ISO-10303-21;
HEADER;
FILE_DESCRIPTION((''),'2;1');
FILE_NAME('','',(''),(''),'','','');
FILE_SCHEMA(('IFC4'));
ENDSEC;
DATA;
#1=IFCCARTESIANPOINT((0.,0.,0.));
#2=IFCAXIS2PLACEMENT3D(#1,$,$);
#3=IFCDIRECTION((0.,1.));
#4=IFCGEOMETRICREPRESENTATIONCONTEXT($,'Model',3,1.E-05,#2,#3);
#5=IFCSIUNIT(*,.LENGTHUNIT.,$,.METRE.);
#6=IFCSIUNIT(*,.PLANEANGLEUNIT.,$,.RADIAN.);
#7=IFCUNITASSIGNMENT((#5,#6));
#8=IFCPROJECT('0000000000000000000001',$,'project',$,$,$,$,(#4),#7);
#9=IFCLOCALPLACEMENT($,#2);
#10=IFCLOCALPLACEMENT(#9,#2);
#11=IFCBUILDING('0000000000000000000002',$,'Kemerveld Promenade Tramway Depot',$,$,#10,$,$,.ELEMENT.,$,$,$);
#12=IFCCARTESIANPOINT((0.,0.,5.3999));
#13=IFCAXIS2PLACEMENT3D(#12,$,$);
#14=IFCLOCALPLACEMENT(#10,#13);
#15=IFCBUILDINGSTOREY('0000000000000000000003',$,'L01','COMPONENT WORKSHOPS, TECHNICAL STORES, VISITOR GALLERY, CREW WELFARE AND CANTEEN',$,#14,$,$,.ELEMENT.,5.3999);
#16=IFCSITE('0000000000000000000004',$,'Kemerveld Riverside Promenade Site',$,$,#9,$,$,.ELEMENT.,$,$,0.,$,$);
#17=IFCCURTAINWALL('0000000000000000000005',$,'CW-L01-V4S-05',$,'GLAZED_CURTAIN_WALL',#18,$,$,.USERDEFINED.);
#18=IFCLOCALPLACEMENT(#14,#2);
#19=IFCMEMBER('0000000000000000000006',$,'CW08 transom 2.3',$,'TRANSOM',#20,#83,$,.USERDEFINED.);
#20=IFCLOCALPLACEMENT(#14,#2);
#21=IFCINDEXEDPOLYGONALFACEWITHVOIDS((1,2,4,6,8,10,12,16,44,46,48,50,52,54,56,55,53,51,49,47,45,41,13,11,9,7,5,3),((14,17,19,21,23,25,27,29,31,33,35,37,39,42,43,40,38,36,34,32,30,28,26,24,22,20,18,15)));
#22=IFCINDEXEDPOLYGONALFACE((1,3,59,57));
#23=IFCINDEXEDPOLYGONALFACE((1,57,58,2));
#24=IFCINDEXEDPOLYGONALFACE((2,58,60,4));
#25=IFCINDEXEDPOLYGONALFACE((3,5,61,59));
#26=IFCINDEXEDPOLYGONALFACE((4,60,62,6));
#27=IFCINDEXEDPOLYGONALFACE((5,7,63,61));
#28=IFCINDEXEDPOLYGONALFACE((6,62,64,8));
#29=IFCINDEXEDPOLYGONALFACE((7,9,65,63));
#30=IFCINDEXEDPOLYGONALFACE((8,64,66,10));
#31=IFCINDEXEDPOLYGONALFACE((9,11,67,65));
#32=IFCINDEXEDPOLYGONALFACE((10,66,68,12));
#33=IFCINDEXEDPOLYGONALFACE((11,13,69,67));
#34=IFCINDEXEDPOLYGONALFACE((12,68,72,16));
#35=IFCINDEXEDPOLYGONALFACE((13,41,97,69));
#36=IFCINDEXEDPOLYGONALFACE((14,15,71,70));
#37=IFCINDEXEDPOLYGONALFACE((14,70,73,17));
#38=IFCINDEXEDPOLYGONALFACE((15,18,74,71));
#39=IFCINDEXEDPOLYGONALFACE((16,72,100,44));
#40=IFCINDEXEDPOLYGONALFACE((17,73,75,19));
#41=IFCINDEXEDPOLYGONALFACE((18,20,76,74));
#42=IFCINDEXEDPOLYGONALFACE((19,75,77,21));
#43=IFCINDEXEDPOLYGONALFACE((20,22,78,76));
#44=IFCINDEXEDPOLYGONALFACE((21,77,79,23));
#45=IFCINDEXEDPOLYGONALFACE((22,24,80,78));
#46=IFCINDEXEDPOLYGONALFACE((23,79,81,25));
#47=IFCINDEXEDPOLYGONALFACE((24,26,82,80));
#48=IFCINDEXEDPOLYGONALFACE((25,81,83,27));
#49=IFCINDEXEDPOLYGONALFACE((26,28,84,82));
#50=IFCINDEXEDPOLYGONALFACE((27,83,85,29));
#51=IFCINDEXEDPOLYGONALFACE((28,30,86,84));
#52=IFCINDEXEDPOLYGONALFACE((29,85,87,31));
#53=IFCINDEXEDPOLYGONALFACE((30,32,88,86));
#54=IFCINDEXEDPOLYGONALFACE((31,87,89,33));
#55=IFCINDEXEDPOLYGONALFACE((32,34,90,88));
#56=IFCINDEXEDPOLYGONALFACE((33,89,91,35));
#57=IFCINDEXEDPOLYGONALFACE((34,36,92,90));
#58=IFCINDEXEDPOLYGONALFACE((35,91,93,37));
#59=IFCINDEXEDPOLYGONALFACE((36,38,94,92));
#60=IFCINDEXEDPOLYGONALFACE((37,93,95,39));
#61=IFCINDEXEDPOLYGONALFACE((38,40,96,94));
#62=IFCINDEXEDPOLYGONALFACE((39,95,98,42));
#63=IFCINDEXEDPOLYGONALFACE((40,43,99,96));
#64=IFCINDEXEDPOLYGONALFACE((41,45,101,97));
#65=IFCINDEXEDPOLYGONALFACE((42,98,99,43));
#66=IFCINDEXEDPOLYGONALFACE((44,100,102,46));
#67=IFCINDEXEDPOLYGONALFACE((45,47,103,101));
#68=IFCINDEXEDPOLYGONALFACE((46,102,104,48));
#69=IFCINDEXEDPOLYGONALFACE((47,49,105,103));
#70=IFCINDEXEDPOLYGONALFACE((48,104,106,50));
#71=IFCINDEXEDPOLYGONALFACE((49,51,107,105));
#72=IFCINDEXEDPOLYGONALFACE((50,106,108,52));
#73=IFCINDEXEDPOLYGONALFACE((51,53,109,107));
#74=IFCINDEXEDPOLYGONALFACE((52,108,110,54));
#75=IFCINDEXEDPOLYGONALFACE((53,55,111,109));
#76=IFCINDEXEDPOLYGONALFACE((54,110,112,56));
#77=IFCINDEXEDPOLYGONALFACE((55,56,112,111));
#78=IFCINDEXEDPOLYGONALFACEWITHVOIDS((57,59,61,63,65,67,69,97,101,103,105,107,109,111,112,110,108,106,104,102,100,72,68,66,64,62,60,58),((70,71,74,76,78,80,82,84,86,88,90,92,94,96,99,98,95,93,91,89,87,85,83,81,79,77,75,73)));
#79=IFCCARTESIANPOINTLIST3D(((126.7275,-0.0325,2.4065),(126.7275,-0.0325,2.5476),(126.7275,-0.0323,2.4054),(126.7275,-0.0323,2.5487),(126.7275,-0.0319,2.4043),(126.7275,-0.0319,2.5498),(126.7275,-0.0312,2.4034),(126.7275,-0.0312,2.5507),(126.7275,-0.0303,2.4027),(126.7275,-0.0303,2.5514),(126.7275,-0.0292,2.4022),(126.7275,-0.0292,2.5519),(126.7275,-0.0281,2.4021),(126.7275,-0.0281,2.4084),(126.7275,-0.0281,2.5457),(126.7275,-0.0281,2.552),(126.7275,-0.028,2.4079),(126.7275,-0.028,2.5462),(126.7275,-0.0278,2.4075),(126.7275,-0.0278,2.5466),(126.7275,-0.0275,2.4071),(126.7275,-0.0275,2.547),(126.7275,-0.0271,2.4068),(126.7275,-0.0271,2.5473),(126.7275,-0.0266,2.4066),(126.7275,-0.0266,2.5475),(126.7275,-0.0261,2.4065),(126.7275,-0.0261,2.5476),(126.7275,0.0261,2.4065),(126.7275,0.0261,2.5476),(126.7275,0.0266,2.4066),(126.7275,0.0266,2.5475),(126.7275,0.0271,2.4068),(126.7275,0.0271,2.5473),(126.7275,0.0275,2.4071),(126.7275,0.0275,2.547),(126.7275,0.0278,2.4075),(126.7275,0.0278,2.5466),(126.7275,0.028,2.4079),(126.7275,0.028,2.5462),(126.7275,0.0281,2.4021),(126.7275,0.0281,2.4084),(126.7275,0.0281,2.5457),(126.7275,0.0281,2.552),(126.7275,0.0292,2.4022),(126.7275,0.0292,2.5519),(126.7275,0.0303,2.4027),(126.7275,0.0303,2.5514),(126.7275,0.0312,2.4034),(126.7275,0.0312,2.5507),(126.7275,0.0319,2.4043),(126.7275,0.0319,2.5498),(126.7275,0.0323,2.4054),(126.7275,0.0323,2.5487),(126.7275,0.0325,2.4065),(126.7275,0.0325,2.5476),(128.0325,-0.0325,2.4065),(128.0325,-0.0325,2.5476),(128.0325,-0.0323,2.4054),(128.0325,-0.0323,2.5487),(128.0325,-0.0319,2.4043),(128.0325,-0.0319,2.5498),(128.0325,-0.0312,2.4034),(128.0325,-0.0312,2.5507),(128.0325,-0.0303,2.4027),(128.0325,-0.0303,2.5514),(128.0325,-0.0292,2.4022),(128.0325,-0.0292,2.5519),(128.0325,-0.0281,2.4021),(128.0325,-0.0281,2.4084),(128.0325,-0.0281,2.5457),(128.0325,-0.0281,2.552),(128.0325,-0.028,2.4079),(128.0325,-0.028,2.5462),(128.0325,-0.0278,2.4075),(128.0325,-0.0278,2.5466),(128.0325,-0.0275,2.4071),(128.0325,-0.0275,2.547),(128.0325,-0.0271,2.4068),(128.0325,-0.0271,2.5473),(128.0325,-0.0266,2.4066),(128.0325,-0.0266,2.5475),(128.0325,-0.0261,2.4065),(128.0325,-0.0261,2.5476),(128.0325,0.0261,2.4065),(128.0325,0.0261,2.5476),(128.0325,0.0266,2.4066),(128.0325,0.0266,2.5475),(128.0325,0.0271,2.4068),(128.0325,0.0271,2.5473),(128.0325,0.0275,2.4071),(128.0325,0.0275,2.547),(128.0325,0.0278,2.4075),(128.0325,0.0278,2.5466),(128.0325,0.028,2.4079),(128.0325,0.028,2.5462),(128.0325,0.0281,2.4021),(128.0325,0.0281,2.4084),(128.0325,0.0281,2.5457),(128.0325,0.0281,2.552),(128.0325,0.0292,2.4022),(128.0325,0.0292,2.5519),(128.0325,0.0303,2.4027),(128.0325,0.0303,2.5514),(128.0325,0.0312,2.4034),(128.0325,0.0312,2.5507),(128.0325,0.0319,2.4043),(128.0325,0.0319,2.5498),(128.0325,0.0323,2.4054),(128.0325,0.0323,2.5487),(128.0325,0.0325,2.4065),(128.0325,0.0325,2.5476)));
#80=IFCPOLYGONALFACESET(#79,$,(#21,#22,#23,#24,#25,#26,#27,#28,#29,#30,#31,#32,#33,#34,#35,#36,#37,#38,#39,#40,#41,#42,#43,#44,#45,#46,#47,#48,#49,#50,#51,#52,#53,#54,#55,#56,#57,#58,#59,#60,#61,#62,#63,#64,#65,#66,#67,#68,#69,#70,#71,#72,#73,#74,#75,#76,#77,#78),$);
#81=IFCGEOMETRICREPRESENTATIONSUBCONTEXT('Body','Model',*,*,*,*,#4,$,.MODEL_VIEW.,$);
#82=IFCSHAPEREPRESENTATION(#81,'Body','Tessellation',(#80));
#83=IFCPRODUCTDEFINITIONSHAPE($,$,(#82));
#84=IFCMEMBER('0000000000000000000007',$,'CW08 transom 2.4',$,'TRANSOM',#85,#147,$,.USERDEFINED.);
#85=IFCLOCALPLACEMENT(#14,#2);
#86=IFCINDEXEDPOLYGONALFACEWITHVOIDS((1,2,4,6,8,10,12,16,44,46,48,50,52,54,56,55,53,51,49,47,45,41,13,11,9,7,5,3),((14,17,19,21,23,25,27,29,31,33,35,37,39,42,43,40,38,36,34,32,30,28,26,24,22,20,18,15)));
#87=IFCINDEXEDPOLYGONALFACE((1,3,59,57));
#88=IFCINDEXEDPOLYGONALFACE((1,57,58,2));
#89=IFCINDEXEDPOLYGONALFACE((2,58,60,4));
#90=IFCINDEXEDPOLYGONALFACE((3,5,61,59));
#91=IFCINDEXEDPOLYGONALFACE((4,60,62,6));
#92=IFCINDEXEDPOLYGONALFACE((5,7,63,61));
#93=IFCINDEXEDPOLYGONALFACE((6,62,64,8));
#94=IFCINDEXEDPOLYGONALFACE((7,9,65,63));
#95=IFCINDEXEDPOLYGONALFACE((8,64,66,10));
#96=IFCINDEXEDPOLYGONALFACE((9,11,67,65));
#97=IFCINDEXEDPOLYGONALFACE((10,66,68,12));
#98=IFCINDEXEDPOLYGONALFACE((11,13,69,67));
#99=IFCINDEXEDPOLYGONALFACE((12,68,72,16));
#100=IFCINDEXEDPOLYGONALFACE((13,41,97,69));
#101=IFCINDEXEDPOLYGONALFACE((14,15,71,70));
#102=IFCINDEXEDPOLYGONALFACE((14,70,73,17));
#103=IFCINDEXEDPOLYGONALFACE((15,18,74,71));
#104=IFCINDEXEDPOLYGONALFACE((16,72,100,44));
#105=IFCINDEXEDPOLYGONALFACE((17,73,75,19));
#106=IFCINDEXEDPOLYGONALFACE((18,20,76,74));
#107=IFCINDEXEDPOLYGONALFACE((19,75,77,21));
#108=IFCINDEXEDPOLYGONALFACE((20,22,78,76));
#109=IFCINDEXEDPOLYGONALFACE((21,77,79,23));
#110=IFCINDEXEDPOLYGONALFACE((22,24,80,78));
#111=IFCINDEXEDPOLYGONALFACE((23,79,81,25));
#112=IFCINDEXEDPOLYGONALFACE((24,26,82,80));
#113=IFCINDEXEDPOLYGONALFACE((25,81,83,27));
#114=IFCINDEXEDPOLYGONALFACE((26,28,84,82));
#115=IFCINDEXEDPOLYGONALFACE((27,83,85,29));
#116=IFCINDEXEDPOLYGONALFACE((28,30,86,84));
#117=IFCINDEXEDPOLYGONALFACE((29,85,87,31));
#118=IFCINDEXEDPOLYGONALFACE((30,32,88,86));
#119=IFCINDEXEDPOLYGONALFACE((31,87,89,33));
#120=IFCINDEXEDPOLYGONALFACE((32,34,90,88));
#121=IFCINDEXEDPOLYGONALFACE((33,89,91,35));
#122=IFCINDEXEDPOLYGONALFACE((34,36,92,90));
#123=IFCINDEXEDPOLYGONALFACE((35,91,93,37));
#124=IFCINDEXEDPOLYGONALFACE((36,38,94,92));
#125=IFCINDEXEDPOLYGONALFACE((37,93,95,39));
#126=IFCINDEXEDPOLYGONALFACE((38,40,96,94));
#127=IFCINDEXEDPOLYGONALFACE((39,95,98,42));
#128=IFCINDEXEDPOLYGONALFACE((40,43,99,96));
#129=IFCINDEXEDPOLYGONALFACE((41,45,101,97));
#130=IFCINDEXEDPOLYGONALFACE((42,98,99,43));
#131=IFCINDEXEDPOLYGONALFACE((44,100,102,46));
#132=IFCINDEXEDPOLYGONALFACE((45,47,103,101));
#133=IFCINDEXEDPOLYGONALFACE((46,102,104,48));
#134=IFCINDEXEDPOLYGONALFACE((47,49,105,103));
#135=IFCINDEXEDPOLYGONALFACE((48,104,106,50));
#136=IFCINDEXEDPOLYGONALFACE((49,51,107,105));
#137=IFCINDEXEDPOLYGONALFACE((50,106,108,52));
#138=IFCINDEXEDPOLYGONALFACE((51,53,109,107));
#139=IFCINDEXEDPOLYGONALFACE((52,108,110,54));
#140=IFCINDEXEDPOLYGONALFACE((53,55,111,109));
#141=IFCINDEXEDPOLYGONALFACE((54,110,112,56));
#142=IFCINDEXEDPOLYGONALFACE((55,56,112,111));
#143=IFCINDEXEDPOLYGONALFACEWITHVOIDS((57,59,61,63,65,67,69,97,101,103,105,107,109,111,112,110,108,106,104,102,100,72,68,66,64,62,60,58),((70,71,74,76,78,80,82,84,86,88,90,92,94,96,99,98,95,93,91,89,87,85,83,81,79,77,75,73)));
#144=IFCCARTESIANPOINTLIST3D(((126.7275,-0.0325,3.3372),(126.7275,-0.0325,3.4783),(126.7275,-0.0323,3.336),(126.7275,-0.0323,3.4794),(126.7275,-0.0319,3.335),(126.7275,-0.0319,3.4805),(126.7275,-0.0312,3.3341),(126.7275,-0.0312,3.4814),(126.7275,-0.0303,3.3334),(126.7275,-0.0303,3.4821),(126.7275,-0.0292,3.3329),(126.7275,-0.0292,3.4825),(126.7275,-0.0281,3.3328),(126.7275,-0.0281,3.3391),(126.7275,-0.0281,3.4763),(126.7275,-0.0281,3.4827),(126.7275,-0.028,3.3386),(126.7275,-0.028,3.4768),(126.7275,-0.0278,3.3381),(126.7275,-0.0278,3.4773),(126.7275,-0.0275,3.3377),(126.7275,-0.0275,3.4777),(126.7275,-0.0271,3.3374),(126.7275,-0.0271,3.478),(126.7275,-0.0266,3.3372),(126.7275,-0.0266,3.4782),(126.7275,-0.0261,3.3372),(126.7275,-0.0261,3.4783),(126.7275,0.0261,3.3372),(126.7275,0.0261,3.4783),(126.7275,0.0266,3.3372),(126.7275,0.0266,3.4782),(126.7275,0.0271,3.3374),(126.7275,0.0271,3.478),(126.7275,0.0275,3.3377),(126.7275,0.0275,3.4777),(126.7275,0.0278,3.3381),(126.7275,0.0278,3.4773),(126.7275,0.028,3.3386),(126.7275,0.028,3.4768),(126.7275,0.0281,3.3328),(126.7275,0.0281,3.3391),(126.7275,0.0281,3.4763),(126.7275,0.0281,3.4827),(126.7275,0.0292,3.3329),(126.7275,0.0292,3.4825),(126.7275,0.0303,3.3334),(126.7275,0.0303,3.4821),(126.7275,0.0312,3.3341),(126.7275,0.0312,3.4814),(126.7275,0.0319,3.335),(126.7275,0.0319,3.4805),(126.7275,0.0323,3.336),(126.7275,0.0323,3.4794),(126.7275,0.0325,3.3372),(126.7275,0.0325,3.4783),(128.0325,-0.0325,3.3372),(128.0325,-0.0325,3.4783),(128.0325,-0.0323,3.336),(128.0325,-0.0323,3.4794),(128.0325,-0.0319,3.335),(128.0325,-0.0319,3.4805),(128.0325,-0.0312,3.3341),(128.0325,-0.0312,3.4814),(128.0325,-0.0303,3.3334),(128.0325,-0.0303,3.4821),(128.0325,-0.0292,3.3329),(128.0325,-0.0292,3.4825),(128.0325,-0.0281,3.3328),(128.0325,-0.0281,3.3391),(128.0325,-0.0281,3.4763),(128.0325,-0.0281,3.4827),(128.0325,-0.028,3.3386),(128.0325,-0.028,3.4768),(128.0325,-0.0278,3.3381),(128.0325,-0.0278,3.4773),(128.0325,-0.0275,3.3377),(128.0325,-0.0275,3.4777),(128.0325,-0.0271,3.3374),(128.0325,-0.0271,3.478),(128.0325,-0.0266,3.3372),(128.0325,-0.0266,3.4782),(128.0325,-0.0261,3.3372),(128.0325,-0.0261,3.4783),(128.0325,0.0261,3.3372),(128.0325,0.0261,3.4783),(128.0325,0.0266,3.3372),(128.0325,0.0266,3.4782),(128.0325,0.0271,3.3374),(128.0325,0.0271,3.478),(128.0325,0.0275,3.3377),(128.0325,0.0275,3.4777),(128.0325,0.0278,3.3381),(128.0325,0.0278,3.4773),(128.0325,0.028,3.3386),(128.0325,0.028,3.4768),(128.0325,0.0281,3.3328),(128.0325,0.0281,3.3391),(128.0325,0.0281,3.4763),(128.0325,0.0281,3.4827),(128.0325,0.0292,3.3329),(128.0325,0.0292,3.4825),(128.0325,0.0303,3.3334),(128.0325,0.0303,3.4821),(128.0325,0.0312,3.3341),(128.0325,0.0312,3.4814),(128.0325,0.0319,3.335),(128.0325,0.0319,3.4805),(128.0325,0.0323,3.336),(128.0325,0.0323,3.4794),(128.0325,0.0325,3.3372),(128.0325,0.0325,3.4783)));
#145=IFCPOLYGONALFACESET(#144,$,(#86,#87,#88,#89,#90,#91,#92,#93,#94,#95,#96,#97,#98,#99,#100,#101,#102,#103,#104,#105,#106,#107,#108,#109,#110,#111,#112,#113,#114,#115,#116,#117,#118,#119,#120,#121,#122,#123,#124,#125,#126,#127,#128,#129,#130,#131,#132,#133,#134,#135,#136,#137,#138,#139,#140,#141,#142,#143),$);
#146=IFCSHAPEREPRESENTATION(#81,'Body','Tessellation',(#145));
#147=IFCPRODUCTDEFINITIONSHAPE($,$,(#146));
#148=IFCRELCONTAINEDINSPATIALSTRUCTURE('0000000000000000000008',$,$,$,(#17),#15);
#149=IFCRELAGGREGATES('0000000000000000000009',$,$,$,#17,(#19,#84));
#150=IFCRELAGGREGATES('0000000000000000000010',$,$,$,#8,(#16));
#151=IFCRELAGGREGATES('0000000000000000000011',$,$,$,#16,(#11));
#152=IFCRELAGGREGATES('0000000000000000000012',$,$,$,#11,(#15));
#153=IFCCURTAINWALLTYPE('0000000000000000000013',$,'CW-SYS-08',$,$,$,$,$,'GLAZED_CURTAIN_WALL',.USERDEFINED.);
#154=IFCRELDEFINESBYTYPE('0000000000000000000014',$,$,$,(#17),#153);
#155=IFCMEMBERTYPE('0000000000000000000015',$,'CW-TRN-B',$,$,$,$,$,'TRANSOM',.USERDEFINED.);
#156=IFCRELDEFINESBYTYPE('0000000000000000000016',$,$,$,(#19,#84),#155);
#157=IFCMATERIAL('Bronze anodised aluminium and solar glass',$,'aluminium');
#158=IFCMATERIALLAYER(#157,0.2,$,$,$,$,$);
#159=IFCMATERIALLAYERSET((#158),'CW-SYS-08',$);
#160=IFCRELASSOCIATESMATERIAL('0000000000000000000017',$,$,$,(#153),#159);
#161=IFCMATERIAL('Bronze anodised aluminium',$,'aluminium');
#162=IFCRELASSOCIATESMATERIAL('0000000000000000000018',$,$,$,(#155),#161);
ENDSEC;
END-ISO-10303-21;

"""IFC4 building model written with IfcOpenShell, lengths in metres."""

from ifc_helpers import new_model, si_unit, direction, frame, origin, origin_2d, place, context, subcontext, project, spatial, hollow_rectangle, extrude, material, layer, layer_set, material_profile, profile_set, type_object, element, aggregate, save


model = new_model("IFC4")

# Units and contexts
model_context = context("Model", 3, precision=1e-05, world=origin(), true_north=direction((0.0, 1.0)))
body_context = subcontext(model_context, "Body", "Model", "MODEL_VIEW")
ifc_project = project(units=[si_unit("LENGTHUNIT", "METRE"), si_unit("PLANEANGLEUNIT", "RADIAN")], contexts=[model_context])

# Site, building, storey
site_placement = place(None, origin())
site = spatial("IfcSite", under=ifc_project, at=site_placement, Name="Kemerveld Riverside Promenade Site", CompositionType="ELEMENT", RefElevation=0.0)
building_placement = place(site_placement, origin())
building = spatial("IfcBuilding", under=site, at=building_placement, Name="Kemerveld Promenade Tramway Depot", CompositionType="ELEMENT")
storey_placement = place(building_placement, frame((0.0, 0.0, 5.3999)))
storey = spatial("IfcBuildingStorey", under=building, at=storey_placement, Name="L01", Description="COMPONENT WORKSHOPS, TECHNICAL STORES, VISITOR GALLERY, CREW WELFARE AND CANTEEN", CompositionType="ELEMENT", Elevation=5.3999)

# Curtain wall, members
ifc_material_1 = material(Name="Bronze anodised aluminium and solar glass", Category="aluminium")
ifc_layer_1 = layer(ifc_material_1, 0.2)
ifc_layer_set_1 = layer_set([ifc_layer_1], Name="CW-SYS-08")
curtain_wall_type = type_object("IfcCurtainWallType", Name="CW-SYS-08", ElementType="GLAZED_CURTAIN_WALL", PredefinedType="USERDEFINED", material=ifc_layer_set_1)
curtain_wall_placement = place(storey_placement, origin())
curtain_wall = element("IfcCurtainWall", 1, at=curtain_wall_placement, inside=storey, type_object=curtain_wall_type, Name="CW-L01-V4S-05", ObjectType="GLAZED_CURTAIN_WALL", PredefinedType="USERDEFINED")
ifc_material_2 = material(Name="Bronze anodised aluminium", Category="aluminium")
ifc_material_profile_1 = material_profile(ifc_material_2, hollow_rectangle(XDim=0.0649, YDim=0.1499, WallThickness=0.0044, InnerFilletRadius=0.002, OuterFilletRadius=0.0044, at=origin_2d()), Name="CW-TRN-150x65")
ifc_profile_set_1 = profile_set([ifc_material_profile_1], Name="Bronze anodised aluminium")
member_type_1 = type_object("IfcMemberType", Name="CW-TRN-B", ElementType="TRANSOM", PredefinedType="USERDEFINED", material=ifc_profile_set_1)
member_1_placement = place(storey_placement, frame((128.0325, 0.0, 2.4771), z_axis=(-1.0, 0.0, 0.0), x_axis=(0.0, -1.0, 0.0)))
member_1 = element("IfcMember", 2, at=member_1_placement, type_object=member_type_1, Name="CW08 transom 2.3", ObjectType="TRANSOM", PredefinedType="USERDEFINED", context=body_context, shape_type="SweptSolid", body=[
    extrude(hollow_rectangle(XDim=0.0649, YDim=0.1499, WallThickness=0.0044, InnerFilletRadius=0.002, OuterFilletRadius=0.0044, at=origin_2d()), origin(), (0.0, 0.0, 1.0), 1.3049),
])
member_2_placement = place(storey_placement, frame((128.0325, 0.0, 3.4077), z_axis=(-1.0, 0.0, 0.0), x_axis=(0.0, -1.0, 0.0)))
member_2 = element("IfcMember", 3, at=member_2_placement, type_object=member_type_1, Name="CW08 transom 2.4", ObjectType="TRANSOM", PredefinedType="USERDEFINED", context=body_context, shape_type="SweptSolid", body=[
    extrude(hollow_rectangle(XDim=0.0649, YDim=0.1499, WallThickness=0.0044, InnerFilletRadius=0.002, OuterFilletRadius=0.0044, at=origin_2d()), origin(), (0.0, 0.0, 1.0), 1.3049),
])
aggregate(curtain_wall, [member_1, member_2])

save(model, "model.ifc")
